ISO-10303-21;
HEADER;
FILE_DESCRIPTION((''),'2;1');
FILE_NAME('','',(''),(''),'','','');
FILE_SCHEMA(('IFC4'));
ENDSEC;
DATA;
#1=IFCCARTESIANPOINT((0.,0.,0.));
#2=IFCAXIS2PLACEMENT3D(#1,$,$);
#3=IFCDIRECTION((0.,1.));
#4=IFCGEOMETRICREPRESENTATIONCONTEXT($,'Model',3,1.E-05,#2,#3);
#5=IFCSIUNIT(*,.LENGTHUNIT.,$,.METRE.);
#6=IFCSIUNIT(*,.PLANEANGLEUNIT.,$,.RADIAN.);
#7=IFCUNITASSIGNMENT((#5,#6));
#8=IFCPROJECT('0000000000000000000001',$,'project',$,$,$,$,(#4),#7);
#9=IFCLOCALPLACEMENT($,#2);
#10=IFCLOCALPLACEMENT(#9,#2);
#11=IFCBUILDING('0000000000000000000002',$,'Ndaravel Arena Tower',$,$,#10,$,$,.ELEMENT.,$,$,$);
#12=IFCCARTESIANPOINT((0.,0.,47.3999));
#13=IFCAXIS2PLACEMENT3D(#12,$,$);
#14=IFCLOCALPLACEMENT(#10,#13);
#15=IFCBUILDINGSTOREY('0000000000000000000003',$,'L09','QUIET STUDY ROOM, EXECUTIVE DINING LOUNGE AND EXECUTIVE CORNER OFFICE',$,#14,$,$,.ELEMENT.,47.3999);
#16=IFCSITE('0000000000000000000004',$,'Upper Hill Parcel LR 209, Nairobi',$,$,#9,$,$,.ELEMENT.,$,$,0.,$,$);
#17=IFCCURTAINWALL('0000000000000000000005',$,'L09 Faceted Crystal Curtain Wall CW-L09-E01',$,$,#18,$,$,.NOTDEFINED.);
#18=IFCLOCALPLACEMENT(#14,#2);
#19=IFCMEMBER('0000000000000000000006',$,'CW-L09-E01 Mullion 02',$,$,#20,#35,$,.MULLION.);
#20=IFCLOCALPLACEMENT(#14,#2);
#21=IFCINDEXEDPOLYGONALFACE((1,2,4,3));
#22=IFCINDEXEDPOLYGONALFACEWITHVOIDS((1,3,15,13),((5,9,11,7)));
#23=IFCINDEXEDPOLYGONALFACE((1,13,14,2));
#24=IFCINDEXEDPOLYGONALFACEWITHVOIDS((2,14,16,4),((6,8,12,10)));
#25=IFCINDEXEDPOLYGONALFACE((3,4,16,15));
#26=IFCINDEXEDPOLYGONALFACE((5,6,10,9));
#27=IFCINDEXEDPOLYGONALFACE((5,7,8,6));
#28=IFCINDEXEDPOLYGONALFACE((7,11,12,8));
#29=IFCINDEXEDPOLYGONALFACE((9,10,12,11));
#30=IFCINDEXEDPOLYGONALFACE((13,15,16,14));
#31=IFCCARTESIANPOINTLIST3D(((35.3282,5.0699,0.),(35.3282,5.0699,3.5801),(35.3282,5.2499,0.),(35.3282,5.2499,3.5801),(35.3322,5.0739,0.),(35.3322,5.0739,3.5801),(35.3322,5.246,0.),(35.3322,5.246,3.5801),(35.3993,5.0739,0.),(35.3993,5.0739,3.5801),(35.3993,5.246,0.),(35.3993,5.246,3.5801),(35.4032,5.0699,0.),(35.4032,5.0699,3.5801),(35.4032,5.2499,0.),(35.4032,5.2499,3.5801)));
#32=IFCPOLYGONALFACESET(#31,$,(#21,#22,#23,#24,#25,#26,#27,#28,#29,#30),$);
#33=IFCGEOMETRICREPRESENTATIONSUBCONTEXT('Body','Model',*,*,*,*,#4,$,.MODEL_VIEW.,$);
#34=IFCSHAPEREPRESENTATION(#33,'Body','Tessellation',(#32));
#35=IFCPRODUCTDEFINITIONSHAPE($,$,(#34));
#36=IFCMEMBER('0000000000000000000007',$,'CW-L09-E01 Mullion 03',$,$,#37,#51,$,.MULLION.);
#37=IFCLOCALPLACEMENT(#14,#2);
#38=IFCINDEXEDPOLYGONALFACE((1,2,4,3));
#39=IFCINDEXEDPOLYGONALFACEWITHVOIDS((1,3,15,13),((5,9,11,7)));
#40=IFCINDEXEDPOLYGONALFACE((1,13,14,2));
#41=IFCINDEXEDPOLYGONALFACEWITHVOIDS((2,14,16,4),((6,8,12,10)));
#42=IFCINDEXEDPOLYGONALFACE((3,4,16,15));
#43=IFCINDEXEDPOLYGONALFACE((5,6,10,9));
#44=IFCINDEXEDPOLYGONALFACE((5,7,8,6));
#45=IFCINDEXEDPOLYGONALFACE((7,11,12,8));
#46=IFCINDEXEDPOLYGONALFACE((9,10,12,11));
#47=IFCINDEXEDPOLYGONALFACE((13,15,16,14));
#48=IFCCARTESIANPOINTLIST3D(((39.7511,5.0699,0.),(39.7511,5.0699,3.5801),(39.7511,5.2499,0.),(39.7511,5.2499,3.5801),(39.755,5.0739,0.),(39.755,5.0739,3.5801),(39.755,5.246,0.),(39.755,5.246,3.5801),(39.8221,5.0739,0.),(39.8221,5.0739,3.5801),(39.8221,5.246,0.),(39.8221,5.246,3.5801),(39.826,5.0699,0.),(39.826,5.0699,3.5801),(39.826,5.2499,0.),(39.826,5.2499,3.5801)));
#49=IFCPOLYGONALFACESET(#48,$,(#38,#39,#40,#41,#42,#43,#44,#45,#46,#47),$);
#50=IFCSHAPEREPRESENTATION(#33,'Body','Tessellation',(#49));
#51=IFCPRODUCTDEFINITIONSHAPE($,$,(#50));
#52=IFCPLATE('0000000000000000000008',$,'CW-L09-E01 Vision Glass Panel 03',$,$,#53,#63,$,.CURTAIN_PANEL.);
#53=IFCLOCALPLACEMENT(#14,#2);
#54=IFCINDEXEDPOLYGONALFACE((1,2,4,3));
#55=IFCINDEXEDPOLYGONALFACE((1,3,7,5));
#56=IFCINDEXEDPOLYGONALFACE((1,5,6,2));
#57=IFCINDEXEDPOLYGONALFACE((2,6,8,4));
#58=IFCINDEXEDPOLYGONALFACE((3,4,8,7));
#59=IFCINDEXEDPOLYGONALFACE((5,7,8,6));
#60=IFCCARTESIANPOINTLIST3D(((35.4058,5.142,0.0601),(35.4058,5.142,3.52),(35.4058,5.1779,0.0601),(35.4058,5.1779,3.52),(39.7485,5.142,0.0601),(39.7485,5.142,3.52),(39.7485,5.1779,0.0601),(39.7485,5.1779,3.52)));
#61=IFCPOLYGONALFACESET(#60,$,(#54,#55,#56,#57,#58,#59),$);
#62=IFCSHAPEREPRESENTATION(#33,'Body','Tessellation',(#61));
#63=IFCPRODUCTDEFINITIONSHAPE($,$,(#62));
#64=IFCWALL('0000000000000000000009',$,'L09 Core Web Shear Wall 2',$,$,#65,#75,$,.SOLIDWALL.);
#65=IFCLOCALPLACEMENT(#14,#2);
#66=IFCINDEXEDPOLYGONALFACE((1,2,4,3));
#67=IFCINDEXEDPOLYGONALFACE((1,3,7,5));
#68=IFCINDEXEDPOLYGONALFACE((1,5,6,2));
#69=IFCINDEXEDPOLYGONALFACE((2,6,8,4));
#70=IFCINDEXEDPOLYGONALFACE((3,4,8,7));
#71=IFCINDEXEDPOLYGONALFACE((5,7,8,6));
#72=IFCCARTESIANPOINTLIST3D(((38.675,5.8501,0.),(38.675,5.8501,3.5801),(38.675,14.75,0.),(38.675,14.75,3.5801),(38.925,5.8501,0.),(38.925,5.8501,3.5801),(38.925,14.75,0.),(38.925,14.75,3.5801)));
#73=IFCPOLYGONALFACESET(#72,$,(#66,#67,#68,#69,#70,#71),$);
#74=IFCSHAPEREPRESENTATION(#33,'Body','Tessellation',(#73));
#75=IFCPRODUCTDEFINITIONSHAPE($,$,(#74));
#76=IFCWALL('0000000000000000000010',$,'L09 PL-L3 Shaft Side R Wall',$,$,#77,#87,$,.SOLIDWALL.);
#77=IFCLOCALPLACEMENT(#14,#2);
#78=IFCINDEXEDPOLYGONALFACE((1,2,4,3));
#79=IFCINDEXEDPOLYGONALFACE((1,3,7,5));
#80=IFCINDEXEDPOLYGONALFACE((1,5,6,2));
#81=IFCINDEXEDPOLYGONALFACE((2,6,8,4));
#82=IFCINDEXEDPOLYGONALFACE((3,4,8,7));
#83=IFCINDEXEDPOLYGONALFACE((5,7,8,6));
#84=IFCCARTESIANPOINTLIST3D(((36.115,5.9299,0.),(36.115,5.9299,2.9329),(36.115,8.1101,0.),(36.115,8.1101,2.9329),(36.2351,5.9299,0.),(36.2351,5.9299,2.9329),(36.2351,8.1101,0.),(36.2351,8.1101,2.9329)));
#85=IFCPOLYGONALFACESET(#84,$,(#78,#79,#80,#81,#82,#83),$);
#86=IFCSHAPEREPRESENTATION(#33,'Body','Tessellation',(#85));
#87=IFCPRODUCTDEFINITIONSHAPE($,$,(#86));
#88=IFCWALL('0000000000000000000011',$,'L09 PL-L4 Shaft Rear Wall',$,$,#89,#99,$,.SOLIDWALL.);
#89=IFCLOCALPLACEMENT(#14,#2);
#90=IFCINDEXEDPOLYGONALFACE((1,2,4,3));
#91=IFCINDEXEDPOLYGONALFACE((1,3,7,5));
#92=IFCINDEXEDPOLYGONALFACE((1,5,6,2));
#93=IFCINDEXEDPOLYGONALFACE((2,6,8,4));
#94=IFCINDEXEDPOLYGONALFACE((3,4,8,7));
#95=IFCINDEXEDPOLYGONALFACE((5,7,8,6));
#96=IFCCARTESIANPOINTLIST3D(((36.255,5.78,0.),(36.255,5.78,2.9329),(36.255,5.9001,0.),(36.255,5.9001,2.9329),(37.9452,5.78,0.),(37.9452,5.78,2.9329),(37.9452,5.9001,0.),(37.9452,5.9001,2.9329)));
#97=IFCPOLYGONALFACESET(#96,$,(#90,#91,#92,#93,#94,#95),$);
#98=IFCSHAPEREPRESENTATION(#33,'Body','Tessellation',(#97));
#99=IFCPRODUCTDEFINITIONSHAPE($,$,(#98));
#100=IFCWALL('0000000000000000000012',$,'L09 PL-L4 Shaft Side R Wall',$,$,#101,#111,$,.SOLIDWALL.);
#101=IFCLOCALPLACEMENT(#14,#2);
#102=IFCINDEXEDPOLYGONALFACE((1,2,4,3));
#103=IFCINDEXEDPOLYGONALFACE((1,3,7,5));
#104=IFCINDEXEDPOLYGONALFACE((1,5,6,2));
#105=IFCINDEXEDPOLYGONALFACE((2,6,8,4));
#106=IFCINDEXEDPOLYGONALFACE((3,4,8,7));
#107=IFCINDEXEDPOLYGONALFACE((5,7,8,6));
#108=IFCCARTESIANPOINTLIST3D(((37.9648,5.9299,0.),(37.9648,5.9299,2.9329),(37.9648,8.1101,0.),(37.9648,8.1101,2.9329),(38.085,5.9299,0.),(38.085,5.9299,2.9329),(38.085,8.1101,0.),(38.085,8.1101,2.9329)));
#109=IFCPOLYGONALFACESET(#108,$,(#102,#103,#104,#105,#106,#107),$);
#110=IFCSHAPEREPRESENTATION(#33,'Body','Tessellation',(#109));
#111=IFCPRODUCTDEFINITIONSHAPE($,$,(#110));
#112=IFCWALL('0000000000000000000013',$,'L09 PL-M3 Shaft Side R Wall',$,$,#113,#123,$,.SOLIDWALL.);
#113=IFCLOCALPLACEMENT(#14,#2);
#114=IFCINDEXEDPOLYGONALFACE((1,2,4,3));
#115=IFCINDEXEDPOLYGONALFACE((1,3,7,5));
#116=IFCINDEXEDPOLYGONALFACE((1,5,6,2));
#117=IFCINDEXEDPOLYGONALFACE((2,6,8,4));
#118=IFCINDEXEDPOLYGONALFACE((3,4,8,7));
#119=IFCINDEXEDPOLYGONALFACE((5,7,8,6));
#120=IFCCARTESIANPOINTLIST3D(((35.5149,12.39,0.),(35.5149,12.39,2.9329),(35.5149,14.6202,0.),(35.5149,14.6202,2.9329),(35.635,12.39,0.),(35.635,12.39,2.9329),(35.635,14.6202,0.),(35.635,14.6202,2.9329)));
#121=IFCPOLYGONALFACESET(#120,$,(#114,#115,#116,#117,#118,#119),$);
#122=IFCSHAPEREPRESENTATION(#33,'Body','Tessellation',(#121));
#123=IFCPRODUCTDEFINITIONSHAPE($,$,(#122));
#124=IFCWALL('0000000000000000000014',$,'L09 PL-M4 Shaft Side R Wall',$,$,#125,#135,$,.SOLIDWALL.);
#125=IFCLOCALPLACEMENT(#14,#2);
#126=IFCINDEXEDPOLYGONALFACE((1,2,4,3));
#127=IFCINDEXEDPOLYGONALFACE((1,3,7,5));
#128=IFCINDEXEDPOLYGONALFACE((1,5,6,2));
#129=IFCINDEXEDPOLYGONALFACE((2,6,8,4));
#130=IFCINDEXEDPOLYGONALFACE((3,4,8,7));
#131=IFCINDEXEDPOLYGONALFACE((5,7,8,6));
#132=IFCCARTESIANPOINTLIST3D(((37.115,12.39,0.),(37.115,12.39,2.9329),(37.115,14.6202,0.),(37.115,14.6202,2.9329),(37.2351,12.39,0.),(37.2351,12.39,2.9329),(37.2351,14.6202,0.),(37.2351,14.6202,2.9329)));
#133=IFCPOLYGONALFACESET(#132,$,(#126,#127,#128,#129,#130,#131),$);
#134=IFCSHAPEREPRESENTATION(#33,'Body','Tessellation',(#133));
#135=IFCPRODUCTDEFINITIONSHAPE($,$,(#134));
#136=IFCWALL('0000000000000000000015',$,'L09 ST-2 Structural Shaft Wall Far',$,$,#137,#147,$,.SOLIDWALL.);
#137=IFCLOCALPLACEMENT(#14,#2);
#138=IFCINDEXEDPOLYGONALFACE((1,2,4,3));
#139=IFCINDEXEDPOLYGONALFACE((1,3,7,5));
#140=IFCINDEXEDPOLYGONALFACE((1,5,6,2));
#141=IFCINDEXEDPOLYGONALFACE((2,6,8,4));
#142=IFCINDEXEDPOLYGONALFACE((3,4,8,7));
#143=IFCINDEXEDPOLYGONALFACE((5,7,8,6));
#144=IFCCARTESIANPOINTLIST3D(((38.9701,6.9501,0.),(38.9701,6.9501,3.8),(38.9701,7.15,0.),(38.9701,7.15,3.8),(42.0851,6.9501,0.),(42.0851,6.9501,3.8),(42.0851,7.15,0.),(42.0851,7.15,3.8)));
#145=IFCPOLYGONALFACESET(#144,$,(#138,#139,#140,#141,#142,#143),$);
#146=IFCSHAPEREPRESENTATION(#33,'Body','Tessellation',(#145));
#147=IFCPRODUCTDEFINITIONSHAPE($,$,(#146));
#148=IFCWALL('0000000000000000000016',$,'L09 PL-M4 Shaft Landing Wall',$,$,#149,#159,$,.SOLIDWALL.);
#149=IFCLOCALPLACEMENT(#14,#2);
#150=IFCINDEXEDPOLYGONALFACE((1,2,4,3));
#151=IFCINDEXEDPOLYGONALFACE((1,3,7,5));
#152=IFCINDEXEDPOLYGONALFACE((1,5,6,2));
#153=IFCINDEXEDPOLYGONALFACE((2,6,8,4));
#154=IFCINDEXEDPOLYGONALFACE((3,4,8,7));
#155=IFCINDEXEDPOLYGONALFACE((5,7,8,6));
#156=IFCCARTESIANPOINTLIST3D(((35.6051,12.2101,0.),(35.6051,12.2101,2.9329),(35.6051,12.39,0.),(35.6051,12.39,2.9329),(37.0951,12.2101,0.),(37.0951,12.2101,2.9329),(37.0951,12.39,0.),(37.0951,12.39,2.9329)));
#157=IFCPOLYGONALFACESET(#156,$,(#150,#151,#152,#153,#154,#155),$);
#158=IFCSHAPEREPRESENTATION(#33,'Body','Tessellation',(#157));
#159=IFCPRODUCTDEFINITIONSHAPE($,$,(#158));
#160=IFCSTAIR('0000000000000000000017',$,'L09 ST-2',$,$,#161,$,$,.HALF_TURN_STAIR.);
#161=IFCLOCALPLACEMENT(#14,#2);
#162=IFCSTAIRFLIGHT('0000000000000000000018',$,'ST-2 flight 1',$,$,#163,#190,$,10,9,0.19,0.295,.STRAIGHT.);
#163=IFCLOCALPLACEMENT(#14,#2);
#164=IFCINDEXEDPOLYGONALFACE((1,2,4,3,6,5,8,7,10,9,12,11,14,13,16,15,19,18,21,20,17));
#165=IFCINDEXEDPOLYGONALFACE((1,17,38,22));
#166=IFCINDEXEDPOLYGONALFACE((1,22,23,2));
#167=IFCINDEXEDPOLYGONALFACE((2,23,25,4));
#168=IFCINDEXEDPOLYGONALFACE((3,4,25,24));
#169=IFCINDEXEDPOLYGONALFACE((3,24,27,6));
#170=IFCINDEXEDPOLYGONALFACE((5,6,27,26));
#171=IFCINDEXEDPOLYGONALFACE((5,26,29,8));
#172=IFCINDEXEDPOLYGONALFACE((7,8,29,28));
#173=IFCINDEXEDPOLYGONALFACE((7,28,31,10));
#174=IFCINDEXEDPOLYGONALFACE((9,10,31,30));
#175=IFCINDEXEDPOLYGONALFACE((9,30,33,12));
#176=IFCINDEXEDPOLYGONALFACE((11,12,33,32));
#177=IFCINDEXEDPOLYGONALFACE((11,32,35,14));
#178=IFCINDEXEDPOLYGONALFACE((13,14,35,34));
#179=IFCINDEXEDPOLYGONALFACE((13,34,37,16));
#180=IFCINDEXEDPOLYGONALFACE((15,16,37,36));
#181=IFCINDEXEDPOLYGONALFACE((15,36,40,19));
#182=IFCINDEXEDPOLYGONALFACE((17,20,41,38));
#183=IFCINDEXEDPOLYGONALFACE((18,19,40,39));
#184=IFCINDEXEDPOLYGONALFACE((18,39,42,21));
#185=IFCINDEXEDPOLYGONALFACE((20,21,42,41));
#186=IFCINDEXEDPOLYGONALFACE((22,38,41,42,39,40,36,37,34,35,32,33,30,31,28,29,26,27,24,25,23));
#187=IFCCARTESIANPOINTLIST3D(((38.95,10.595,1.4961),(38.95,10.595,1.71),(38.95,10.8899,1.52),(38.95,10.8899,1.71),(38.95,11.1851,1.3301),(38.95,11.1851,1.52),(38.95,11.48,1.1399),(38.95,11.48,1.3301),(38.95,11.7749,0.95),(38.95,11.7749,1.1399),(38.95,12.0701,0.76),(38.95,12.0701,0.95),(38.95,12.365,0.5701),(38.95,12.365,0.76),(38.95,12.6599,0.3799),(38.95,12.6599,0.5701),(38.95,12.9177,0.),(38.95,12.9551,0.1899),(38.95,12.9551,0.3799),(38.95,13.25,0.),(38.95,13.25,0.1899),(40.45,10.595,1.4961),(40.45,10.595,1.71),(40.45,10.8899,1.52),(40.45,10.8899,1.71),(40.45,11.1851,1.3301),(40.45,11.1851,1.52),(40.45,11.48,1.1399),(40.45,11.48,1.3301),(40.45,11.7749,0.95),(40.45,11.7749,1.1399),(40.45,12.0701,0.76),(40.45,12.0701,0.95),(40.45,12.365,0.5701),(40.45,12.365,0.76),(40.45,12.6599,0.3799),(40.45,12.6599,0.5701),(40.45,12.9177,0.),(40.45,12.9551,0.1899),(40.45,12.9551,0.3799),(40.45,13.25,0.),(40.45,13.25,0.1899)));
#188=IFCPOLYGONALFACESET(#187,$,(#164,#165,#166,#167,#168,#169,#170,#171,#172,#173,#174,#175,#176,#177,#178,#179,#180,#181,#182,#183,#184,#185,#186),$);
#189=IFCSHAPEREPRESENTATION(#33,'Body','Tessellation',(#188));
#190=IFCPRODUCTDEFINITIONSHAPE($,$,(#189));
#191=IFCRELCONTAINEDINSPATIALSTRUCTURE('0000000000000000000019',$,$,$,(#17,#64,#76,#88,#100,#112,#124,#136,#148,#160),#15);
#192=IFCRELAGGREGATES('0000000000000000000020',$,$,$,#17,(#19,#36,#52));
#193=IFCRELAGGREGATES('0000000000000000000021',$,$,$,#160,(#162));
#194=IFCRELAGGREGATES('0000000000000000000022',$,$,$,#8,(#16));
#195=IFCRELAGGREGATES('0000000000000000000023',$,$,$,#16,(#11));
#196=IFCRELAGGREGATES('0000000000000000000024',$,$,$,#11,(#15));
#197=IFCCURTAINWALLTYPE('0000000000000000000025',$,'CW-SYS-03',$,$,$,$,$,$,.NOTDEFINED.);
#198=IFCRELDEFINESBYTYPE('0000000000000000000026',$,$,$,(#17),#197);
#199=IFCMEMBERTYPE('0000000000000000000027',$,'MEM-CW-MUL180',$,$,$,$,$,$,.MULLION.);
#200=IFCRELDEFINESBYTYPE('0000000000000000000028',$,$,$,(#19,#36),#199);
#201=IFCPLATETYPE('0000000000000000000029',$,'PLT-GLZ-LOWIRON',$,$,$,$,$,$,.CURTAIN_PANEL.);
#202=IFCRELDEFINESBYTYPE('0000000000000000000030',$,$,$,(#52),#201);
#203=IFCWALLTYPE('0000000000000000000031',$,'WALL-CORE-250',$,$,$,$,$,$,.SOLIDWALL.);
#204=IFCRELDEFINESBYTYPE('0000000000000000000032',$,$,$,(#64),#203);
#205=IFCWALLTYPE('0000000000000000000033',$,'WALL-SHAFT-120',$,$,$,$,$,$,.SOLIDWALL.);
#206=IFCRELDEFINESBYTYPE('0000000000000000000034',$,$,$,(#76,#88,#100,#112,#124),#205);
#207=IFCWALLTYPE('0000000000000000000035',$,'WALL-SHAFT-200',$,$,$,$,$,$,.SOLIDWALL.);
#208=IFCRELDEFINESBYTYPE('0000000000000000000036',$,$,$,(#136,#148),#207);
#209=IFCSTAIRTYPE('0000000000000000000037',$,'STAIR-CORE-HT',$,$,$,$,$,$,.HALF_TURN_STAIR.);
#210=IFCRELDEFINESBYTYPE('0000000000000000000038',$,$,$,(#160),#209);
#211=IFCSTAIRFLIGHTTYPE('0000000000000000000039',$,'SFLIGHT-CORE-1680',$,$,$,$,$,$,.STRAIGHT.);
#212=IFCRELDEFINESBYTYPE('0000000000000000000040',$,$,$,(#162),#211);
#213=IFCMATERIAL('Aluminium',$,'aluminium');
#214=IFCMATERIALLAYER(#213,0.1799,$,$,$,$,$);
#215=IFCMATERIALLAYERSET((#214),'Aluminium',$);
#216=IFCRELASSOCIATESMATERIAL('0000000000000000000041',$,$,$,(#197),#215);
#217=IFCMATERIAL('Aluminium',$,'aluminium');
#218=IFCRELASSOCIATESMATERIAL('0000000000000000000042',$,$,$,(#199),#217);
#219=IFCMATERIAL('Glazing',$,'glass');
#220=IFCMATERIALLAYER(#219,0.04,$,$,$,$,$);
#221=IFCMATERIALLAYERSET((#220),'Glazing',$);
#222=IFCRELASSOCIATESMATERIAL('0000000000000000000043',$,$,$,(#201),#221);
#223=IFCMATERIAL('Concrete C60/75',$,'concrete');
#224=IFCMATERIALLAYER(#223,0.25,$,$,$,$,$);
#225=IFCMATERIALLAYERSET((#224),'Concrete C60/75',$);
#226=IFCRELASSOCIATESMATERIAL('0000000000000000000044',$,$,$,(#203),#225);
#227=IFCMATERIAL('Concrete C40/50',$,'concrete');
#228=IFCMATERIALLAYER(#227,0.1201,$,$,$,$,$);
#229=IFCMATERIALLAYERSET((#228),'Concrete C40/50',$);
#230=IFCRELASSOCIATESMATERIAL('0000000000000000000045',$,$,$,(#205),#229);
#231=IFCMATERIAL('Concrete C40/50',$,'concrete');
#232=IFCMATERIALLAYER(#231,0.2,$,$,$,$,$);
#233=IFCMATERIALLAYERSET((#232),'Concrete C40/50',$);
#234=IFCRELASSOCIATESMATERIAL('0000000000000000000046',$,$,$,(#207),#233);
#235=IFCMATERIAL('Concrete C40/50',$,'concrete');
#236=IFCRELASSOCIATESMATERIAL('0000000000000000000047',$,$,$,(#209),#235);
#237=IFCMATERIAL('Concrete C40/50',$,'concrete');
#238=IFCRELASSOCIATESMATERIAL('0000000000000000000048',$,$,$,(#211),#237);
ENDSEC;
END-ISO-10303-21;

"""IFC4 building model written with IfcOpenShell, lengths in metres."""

from ifc_helpers import new_model, si_unit, direction, frame, frame_2d, origin, origin_2d, place, context, subcontext, project, spatial, polyline, rectangle, hollow_rectangle, outline, extrude, material, layer, layer_set, material_profile, profile_set, type_object, element, aggregate, save


model = new_model("IFC4")

# Units and contexts
model_context = context("Model", 3, precision=1e-05, world=origin(), true_north=direction((0.0, 1.0)))
body_context = subcontext(model_context, "Body", "Model", "MODEL_VIEW")
ifc_project = project(units=[si_unit("LENGTHUNIT", "METRE"), si_unit("PLANEANGLEUNIT", "RADIAN")], contexts=[model_context])

# Site, building, storey
site_placement = place(None, origin())
site = spatial("IfcSite", under=ifc_project, at=site_placement, Name="Upper Hill Parcel LR 209, Nairobi", CompositionType="ELEMENT", RefElevation=0.0)
building_placement = place(site_placement, origin())
building = spatial("IfcBuilding", under=site, at=building_placement, Name="Ndaravel Arena Tower", CompositionType="ELEMENT")
storey_placement = place(building_placement, frame((0.0, 0.0, 47.3999)))
storey = spatial("IfcBuildingStorey", under=building, at=storey_placement, Name="L09", Description="QUIET STUDY ROOM, EXECUTIVE DINING LOUNGE AND EXECUTIVE CORNER OFFICE", CompositionType="ELEMENT", Elevation=47.3999)

# Curtain wall, members, plate
ifc_material_1 = material(Name="Aluminium", Category="aluminium")
ifc_layer_1 = layer(ifc_material_1, 0.1799)
ifc_layer_set_1 = layer_set([ifc_layer_1], Name="Aluminium")
curtain_wall_type = type_object("IfcCurtainWallType", Name="CW-SYS-03", PredefinedType="NOTDEFINED", material=ifc_layer_set_1)
curtain_wall_placement = place(storey_placement, origin())
curtain_wall = element("IfcCurtainWall", 1, at=curtain_wall_placement, inside=storey, type_object=curtain_wall_type, Name="L09 Faceted Crystal Curtain Wall CW-L09-E01", PredefinedType="NOTDEFINED")
ifc_material_2 = material(Name="Aluminium", Category="aluminium")
ifc_material_profile = material_profile(ifc_material_2, hollow_rectangle(XDim=0.075, YDim=0.1799, WallThickness=0.0039, at=origin_2d()), Name="CW MULLION 75x180x4")
ifc_profile_set = profile_set([ifc_material_profile], Name="Aluminium")
member_type = type_object("IfcMemberType", Name="MEM-CW-MUL180", PredefinedType="MULLION", material=ifc_profile_set)
member_1_placement = place(storey_placement, frame((35.3657, 5.1599, 0.0), z_axis=(0.0, 0.0, 1.0), x_axis=(1.0, 0.0, 0.0)))
member_1 = element("IfcMember", 2, at=member_1_placement, type_object=member_type, Name="CW-L09-E01 Mullion 02", PredefinedType="MULLION", context=body_context, shape_type="SweptSolid", body=[
    extrude(hollow_rectangle(XDim=0.075, YDim=0.1799, WallThickness=0.0039, at=origin_2d()), origin(), (0.0, 0.0, 1.0), 3.5801),
])
member_2_placement = place(storey_placement, frame((39.7886, 5.1599, 0.0), z_axis=(0.0, 0.0, 1.0), x_axis=(1.0, 0.0, 0.0)))
member_2 = element("IfcMember", 3, at=member_2_placement, type_object=member_type, Name="CW-L09-E01 Mullion 03", PredefinedType="MULLION", context=body_context, shape_type="SweptSolid", body=[
    extrude(hollow_rectangle(XDim=0.075, YDim=0.1799, WallThickness=0.0039, at=origin_2d()), origin(), (0.0, 0.0, 1.0), 3.5801),
])
ifc_material_3 = material(Name="Glazing", Category="glass")
ifc_layer_2 = layer(ifc_material_3, 0.04)
ifc_layer_set_2 = layer_set([ifc_layer_2], Name="Glazing")
plate_type = type_object("IfcPlateType", Name="PLT-GLZ-LOWIRON", PredefinedType="CURTAIN_PANEL", material=ifc_layer_set_2)
plate_placement = place(storey_placement, frame((37.5771, 5.1599, 0.0601), z_axis=(0.0, 0.0, 1.0), x_axis=(1.0, 0.0, 0.0)))
plate = element("IfcPlate", 4, at=plate_placement, type_object=plate_type, Name="CW-L09-E01 Vision Glass Panel 03", PredefinedType="CURTAIN_PANEL", context=body_context, shape_type="SweptSolid", body=[
    extrude(rectangle(XDim=4.3428, YDim=0.0359, at=origin_2d()), origin(), (0.0, 0.0, 1.0), 3.46),
])
aggregate(curtain_wall, [member_1, member_2, plate])

# Walls
ifc_material_4 = material(Name="Concrete C60/75", Category="concrete")
ifc_layer_3 = layer(ifc_material_4, 0.25)
ifc_layer_set_3 = layer_set([ifc_layer_3], Name="Concrete C60/75")
wall_type_1 = type_object("IfcWallType", Name="WALL-CORE-250", PredefinedType="SOLIDWALL", material=ifc_layer_set_3)
wall_1_placement = place(storey_placement, frame((38.8, 5.8501, 0.0), z_axis=(0.0, 0.0, 1.0), x_axis=(0.0, 1.0, 0.0)))
element("IfcWall", 5, at=wall_1_placement, inside=storey, type_object=wall_type_1, Name="L09 Core Web Shear Wall 2", PredefinedType="SOLIDWALL", context=body_context, shape_type="SweptSolid", body=[
    extrude(rectangle(XDim=8.8999, YDim=0.25, at=frame_2d((4.45, 0.0))), origin(), (0.0, 0.0, 1.0), 3.5801),
])
ifc_material_5 = material(Name="Concrete C40/50", Category="concrete")
ifc_layer_4 = layer(ifc_material_5, 0.1201)
ifc_layer_set_4 = layer_set([ifc_layer_4], Name="Concrete C40/50")
wall_type_2 = type_object("IfcWallType", Name="WALL-SHAFT-120", PredefinedType="SOLIDWALL", material=ifc_layer_set_4)
wall_2_placement = place(storey_placement, frame((36.175, 5.9299, 0.0), z_axis=(0.0, 0.0, 1.0), x_axis=(0.0, 1.0, 0.0)))
element("IfcWall", 6, at=wall_2_placement, inside=storey, type_object=wall_type_2, Name="L09 PL-L3 Shaft Side R Wall", PredefinedType="SOLIDWALL", context=body_context, shape_type="SweptSolid", body=[
    extrude(rectangle(XDim=2.1802, YDim=0.1201, at=frame_2d((1.0901, 0.0))), origin(), (0.0, 0.0, 1.0), 2.9329),
])
wall_3_placement = place(storey_placement, frame((36.2549, 5.8401, 0.0), z_axis=(0.0, 0.0, 1.0), x_axis=(1.0, 0.0, 0.0)))
element("IfcWall", 7, at=wall_3_placement, inside=storey, type_object=wall_type_2, Name="L09 PL-L4 Shaft Rear Wall", PredefinedType="SOLIDWALL", context=body_context, shape_type="SweptSolid", body=[
    extrude(rectangle(XDim=1.6902, YDim=0.1201, at=frame_2d((0.8452, 0.0))), origin(), (0.0, 0.0, 1.0), 2.9329),
])
wall_4_placement = place(storey_placement, frame((38.0249, 5.9299, 0.0), z_axis=(0.0, 0.0, 1.0), x_axis=(0.0, 1.0, 0.0)))
element("IfcWall", 8, at=wall_4_placement, inside=storey, type_object=wall_type_2, Name="L09 PL-L4 Shaft Side R Wall", PredefinedType="SOLIDWALL", context=body_context, shape_type="SweptSolid", body=[
    extrude(rectangle(XDim=2.1802, YDim=0.1201, at=frame_2d((1.0901, 0.0))), origin(), (0.0, 0.0, 1.0), 2.9329),
])
for number, where, z_axis, x_axis, name in (
    (9, (35.575, 12.3899, 0.0), (0.0, 0.0, 1.0), (0.0, 1.0, 0.0), "L09 PL-M3 Shaft Side R Wall"),
    (10, (37.175, 12.3899, 0.0), (0.0, 0.0, 1.0), (0.0, 1.0, 0.0), "L09 PL-M4 Shaft Side R Wall"),
):
    element("IfcWall", number, at=place(storey_placement, frame(where, z_axis=z_axis, x_axis=x_axis)), inside=storey, type_object=wall_type_2, Name=name, PredefinedType="SOLIDWALL", context=body_context, shape_type="SweptSolid", body=[
        extrude(rectangle(XDim=2.2302, YDim=0.1201, at=frame_2d((1.1152, 0.0))), origin(), (0.0, 0.0, 1.0), 2.9329),
    ])
ifc_material_6 = material(Name="Concrete C40/50", Category="concrete")
ifc_layer_5 = layer(ifc_material_6, 0.2)
ifc_layer_set_5 = layer_set([ifc_layer_5], Name="Concrete C40/50")
wall_type_3 = type_object("IfcWallType", Name="WALL-SHAFT-200", PredefinedType="SOLIDWALL", material=ifc_layer_set_5)
wall_5_placement = place(storey_placement, frame((38.97, 7.05, 0.0), z_axis=(0.0, 0.0, 1.0), x_axis=(1.0, 0.0, 0.0)))
element("IfcWall", 11, at=wall_5_placement, inside=storey, type_object=wall_type_3, Name="L09 ST-2 Structural Shaft Wall Far", PredefinedType="SOLIDWALL", context=body_context, shape_type="SweptSolid", body=[
    extrude(rectangle(XDim=3.115, YDim=0.2, at=frame_2d((1.5576, 0.0))), origin(), (0.0, 0.0, 1.0), 3.8),
])

# Wall
wall_6_placement = place(storey_placement, frame((35.605, 12.3, 0.0), z_axis=(0.0, 0.0, 1.0), x_axis=(1.0, 0.0, 0.0)))
element("IfcWall", 12, at=wall_6_placement, inside=storey, type_object=wall_type_3, Name="L09 PL-M4 Shaft Landing Wall", PredefinedType="SOLIDWALL", context=body_context, shape_type="SweptSolid", body=[
    extrude(rectangle(XDim=1.49, YDim=0.1799, at=frame_2d((0.7451, 0.0))), origin(), (0.0, 0.0, 1.0), 2.9329),
])

# Stair, stair flight
ifc_material_7 = material(Name="Concrete C40/50", Category="concrete")
stair_type = type_object("IfcStairType", Name="STAIR-CORE-HT", PredefinedType="HALF_TURN_STAIR", material=ifc_material_7)
stair_placement = place(storey_placement, origin())
stair = element("IfcStair", 13, at=stair_placement, inside=storey, type_object=stair_type, Name="L09 ST-2", PredefinedType="HALF_TURN_STAIR")
ifc_material_8 = material(Name="Concrete C40/50", Category="concrete")
stair_flight_type = type_object("IfcStairFlightType", Name="SFLIGHT-CORE-1680", PredefinedType="STRAIGHT", material=ifc_material_8)
stair_flight_placement = place(storey_placement, frame((39.7, 13.25, 0.0), z_axis=(0.0, 0.0, 1.0), x_axis=(0.0, -1.0, 0.0)))
stair_flight = element("IfcStairFlight", 14, at=stair_flight_placement, type_object=stair_flight_type, Name="ST-2 flight 1", NumberOfRisers=10, NumberOfTreads=9, PredefinedType="STRAIGHT", RiserHeight=0.19, TreadLength=0.295, context=body_context, shape_type="SweptSolid", body=[
    extrude(outline(polyline([(0.0, 0.0), (0.0, 0.1899), (0.2949, 0.1899), (0.2949, 0.3799), (0.5901, 0.3799), (0.5901, 0.5701), (0.885, 0.5701), (0.885, 0.76), (1.1799, 0.76), (1.1799, 0.95), (1.4751, 0.95), (1.4751, 1.1399), (1.77, 1.1399), (1.77, 1.3301), (2.0649, 1.3301), (2.0649, 1.52), (2.3601, 1.52), (2.3601, 1.71), (2.655, 1.71), (2.655, 1.8999), (2.655, 1.4961), (0.3323, 0.0), (0.0, 0.0)])), frame((0.0, 0.75, 0.0), z_axis=(0.0, -1.0, 0.0), x_axis=(1.0, 0.0, 0.0)), (0.0, 0.0, 1.0), 1.5),
])
aggregate(stair, [stair_flight])

save(model, "model.ifc")
